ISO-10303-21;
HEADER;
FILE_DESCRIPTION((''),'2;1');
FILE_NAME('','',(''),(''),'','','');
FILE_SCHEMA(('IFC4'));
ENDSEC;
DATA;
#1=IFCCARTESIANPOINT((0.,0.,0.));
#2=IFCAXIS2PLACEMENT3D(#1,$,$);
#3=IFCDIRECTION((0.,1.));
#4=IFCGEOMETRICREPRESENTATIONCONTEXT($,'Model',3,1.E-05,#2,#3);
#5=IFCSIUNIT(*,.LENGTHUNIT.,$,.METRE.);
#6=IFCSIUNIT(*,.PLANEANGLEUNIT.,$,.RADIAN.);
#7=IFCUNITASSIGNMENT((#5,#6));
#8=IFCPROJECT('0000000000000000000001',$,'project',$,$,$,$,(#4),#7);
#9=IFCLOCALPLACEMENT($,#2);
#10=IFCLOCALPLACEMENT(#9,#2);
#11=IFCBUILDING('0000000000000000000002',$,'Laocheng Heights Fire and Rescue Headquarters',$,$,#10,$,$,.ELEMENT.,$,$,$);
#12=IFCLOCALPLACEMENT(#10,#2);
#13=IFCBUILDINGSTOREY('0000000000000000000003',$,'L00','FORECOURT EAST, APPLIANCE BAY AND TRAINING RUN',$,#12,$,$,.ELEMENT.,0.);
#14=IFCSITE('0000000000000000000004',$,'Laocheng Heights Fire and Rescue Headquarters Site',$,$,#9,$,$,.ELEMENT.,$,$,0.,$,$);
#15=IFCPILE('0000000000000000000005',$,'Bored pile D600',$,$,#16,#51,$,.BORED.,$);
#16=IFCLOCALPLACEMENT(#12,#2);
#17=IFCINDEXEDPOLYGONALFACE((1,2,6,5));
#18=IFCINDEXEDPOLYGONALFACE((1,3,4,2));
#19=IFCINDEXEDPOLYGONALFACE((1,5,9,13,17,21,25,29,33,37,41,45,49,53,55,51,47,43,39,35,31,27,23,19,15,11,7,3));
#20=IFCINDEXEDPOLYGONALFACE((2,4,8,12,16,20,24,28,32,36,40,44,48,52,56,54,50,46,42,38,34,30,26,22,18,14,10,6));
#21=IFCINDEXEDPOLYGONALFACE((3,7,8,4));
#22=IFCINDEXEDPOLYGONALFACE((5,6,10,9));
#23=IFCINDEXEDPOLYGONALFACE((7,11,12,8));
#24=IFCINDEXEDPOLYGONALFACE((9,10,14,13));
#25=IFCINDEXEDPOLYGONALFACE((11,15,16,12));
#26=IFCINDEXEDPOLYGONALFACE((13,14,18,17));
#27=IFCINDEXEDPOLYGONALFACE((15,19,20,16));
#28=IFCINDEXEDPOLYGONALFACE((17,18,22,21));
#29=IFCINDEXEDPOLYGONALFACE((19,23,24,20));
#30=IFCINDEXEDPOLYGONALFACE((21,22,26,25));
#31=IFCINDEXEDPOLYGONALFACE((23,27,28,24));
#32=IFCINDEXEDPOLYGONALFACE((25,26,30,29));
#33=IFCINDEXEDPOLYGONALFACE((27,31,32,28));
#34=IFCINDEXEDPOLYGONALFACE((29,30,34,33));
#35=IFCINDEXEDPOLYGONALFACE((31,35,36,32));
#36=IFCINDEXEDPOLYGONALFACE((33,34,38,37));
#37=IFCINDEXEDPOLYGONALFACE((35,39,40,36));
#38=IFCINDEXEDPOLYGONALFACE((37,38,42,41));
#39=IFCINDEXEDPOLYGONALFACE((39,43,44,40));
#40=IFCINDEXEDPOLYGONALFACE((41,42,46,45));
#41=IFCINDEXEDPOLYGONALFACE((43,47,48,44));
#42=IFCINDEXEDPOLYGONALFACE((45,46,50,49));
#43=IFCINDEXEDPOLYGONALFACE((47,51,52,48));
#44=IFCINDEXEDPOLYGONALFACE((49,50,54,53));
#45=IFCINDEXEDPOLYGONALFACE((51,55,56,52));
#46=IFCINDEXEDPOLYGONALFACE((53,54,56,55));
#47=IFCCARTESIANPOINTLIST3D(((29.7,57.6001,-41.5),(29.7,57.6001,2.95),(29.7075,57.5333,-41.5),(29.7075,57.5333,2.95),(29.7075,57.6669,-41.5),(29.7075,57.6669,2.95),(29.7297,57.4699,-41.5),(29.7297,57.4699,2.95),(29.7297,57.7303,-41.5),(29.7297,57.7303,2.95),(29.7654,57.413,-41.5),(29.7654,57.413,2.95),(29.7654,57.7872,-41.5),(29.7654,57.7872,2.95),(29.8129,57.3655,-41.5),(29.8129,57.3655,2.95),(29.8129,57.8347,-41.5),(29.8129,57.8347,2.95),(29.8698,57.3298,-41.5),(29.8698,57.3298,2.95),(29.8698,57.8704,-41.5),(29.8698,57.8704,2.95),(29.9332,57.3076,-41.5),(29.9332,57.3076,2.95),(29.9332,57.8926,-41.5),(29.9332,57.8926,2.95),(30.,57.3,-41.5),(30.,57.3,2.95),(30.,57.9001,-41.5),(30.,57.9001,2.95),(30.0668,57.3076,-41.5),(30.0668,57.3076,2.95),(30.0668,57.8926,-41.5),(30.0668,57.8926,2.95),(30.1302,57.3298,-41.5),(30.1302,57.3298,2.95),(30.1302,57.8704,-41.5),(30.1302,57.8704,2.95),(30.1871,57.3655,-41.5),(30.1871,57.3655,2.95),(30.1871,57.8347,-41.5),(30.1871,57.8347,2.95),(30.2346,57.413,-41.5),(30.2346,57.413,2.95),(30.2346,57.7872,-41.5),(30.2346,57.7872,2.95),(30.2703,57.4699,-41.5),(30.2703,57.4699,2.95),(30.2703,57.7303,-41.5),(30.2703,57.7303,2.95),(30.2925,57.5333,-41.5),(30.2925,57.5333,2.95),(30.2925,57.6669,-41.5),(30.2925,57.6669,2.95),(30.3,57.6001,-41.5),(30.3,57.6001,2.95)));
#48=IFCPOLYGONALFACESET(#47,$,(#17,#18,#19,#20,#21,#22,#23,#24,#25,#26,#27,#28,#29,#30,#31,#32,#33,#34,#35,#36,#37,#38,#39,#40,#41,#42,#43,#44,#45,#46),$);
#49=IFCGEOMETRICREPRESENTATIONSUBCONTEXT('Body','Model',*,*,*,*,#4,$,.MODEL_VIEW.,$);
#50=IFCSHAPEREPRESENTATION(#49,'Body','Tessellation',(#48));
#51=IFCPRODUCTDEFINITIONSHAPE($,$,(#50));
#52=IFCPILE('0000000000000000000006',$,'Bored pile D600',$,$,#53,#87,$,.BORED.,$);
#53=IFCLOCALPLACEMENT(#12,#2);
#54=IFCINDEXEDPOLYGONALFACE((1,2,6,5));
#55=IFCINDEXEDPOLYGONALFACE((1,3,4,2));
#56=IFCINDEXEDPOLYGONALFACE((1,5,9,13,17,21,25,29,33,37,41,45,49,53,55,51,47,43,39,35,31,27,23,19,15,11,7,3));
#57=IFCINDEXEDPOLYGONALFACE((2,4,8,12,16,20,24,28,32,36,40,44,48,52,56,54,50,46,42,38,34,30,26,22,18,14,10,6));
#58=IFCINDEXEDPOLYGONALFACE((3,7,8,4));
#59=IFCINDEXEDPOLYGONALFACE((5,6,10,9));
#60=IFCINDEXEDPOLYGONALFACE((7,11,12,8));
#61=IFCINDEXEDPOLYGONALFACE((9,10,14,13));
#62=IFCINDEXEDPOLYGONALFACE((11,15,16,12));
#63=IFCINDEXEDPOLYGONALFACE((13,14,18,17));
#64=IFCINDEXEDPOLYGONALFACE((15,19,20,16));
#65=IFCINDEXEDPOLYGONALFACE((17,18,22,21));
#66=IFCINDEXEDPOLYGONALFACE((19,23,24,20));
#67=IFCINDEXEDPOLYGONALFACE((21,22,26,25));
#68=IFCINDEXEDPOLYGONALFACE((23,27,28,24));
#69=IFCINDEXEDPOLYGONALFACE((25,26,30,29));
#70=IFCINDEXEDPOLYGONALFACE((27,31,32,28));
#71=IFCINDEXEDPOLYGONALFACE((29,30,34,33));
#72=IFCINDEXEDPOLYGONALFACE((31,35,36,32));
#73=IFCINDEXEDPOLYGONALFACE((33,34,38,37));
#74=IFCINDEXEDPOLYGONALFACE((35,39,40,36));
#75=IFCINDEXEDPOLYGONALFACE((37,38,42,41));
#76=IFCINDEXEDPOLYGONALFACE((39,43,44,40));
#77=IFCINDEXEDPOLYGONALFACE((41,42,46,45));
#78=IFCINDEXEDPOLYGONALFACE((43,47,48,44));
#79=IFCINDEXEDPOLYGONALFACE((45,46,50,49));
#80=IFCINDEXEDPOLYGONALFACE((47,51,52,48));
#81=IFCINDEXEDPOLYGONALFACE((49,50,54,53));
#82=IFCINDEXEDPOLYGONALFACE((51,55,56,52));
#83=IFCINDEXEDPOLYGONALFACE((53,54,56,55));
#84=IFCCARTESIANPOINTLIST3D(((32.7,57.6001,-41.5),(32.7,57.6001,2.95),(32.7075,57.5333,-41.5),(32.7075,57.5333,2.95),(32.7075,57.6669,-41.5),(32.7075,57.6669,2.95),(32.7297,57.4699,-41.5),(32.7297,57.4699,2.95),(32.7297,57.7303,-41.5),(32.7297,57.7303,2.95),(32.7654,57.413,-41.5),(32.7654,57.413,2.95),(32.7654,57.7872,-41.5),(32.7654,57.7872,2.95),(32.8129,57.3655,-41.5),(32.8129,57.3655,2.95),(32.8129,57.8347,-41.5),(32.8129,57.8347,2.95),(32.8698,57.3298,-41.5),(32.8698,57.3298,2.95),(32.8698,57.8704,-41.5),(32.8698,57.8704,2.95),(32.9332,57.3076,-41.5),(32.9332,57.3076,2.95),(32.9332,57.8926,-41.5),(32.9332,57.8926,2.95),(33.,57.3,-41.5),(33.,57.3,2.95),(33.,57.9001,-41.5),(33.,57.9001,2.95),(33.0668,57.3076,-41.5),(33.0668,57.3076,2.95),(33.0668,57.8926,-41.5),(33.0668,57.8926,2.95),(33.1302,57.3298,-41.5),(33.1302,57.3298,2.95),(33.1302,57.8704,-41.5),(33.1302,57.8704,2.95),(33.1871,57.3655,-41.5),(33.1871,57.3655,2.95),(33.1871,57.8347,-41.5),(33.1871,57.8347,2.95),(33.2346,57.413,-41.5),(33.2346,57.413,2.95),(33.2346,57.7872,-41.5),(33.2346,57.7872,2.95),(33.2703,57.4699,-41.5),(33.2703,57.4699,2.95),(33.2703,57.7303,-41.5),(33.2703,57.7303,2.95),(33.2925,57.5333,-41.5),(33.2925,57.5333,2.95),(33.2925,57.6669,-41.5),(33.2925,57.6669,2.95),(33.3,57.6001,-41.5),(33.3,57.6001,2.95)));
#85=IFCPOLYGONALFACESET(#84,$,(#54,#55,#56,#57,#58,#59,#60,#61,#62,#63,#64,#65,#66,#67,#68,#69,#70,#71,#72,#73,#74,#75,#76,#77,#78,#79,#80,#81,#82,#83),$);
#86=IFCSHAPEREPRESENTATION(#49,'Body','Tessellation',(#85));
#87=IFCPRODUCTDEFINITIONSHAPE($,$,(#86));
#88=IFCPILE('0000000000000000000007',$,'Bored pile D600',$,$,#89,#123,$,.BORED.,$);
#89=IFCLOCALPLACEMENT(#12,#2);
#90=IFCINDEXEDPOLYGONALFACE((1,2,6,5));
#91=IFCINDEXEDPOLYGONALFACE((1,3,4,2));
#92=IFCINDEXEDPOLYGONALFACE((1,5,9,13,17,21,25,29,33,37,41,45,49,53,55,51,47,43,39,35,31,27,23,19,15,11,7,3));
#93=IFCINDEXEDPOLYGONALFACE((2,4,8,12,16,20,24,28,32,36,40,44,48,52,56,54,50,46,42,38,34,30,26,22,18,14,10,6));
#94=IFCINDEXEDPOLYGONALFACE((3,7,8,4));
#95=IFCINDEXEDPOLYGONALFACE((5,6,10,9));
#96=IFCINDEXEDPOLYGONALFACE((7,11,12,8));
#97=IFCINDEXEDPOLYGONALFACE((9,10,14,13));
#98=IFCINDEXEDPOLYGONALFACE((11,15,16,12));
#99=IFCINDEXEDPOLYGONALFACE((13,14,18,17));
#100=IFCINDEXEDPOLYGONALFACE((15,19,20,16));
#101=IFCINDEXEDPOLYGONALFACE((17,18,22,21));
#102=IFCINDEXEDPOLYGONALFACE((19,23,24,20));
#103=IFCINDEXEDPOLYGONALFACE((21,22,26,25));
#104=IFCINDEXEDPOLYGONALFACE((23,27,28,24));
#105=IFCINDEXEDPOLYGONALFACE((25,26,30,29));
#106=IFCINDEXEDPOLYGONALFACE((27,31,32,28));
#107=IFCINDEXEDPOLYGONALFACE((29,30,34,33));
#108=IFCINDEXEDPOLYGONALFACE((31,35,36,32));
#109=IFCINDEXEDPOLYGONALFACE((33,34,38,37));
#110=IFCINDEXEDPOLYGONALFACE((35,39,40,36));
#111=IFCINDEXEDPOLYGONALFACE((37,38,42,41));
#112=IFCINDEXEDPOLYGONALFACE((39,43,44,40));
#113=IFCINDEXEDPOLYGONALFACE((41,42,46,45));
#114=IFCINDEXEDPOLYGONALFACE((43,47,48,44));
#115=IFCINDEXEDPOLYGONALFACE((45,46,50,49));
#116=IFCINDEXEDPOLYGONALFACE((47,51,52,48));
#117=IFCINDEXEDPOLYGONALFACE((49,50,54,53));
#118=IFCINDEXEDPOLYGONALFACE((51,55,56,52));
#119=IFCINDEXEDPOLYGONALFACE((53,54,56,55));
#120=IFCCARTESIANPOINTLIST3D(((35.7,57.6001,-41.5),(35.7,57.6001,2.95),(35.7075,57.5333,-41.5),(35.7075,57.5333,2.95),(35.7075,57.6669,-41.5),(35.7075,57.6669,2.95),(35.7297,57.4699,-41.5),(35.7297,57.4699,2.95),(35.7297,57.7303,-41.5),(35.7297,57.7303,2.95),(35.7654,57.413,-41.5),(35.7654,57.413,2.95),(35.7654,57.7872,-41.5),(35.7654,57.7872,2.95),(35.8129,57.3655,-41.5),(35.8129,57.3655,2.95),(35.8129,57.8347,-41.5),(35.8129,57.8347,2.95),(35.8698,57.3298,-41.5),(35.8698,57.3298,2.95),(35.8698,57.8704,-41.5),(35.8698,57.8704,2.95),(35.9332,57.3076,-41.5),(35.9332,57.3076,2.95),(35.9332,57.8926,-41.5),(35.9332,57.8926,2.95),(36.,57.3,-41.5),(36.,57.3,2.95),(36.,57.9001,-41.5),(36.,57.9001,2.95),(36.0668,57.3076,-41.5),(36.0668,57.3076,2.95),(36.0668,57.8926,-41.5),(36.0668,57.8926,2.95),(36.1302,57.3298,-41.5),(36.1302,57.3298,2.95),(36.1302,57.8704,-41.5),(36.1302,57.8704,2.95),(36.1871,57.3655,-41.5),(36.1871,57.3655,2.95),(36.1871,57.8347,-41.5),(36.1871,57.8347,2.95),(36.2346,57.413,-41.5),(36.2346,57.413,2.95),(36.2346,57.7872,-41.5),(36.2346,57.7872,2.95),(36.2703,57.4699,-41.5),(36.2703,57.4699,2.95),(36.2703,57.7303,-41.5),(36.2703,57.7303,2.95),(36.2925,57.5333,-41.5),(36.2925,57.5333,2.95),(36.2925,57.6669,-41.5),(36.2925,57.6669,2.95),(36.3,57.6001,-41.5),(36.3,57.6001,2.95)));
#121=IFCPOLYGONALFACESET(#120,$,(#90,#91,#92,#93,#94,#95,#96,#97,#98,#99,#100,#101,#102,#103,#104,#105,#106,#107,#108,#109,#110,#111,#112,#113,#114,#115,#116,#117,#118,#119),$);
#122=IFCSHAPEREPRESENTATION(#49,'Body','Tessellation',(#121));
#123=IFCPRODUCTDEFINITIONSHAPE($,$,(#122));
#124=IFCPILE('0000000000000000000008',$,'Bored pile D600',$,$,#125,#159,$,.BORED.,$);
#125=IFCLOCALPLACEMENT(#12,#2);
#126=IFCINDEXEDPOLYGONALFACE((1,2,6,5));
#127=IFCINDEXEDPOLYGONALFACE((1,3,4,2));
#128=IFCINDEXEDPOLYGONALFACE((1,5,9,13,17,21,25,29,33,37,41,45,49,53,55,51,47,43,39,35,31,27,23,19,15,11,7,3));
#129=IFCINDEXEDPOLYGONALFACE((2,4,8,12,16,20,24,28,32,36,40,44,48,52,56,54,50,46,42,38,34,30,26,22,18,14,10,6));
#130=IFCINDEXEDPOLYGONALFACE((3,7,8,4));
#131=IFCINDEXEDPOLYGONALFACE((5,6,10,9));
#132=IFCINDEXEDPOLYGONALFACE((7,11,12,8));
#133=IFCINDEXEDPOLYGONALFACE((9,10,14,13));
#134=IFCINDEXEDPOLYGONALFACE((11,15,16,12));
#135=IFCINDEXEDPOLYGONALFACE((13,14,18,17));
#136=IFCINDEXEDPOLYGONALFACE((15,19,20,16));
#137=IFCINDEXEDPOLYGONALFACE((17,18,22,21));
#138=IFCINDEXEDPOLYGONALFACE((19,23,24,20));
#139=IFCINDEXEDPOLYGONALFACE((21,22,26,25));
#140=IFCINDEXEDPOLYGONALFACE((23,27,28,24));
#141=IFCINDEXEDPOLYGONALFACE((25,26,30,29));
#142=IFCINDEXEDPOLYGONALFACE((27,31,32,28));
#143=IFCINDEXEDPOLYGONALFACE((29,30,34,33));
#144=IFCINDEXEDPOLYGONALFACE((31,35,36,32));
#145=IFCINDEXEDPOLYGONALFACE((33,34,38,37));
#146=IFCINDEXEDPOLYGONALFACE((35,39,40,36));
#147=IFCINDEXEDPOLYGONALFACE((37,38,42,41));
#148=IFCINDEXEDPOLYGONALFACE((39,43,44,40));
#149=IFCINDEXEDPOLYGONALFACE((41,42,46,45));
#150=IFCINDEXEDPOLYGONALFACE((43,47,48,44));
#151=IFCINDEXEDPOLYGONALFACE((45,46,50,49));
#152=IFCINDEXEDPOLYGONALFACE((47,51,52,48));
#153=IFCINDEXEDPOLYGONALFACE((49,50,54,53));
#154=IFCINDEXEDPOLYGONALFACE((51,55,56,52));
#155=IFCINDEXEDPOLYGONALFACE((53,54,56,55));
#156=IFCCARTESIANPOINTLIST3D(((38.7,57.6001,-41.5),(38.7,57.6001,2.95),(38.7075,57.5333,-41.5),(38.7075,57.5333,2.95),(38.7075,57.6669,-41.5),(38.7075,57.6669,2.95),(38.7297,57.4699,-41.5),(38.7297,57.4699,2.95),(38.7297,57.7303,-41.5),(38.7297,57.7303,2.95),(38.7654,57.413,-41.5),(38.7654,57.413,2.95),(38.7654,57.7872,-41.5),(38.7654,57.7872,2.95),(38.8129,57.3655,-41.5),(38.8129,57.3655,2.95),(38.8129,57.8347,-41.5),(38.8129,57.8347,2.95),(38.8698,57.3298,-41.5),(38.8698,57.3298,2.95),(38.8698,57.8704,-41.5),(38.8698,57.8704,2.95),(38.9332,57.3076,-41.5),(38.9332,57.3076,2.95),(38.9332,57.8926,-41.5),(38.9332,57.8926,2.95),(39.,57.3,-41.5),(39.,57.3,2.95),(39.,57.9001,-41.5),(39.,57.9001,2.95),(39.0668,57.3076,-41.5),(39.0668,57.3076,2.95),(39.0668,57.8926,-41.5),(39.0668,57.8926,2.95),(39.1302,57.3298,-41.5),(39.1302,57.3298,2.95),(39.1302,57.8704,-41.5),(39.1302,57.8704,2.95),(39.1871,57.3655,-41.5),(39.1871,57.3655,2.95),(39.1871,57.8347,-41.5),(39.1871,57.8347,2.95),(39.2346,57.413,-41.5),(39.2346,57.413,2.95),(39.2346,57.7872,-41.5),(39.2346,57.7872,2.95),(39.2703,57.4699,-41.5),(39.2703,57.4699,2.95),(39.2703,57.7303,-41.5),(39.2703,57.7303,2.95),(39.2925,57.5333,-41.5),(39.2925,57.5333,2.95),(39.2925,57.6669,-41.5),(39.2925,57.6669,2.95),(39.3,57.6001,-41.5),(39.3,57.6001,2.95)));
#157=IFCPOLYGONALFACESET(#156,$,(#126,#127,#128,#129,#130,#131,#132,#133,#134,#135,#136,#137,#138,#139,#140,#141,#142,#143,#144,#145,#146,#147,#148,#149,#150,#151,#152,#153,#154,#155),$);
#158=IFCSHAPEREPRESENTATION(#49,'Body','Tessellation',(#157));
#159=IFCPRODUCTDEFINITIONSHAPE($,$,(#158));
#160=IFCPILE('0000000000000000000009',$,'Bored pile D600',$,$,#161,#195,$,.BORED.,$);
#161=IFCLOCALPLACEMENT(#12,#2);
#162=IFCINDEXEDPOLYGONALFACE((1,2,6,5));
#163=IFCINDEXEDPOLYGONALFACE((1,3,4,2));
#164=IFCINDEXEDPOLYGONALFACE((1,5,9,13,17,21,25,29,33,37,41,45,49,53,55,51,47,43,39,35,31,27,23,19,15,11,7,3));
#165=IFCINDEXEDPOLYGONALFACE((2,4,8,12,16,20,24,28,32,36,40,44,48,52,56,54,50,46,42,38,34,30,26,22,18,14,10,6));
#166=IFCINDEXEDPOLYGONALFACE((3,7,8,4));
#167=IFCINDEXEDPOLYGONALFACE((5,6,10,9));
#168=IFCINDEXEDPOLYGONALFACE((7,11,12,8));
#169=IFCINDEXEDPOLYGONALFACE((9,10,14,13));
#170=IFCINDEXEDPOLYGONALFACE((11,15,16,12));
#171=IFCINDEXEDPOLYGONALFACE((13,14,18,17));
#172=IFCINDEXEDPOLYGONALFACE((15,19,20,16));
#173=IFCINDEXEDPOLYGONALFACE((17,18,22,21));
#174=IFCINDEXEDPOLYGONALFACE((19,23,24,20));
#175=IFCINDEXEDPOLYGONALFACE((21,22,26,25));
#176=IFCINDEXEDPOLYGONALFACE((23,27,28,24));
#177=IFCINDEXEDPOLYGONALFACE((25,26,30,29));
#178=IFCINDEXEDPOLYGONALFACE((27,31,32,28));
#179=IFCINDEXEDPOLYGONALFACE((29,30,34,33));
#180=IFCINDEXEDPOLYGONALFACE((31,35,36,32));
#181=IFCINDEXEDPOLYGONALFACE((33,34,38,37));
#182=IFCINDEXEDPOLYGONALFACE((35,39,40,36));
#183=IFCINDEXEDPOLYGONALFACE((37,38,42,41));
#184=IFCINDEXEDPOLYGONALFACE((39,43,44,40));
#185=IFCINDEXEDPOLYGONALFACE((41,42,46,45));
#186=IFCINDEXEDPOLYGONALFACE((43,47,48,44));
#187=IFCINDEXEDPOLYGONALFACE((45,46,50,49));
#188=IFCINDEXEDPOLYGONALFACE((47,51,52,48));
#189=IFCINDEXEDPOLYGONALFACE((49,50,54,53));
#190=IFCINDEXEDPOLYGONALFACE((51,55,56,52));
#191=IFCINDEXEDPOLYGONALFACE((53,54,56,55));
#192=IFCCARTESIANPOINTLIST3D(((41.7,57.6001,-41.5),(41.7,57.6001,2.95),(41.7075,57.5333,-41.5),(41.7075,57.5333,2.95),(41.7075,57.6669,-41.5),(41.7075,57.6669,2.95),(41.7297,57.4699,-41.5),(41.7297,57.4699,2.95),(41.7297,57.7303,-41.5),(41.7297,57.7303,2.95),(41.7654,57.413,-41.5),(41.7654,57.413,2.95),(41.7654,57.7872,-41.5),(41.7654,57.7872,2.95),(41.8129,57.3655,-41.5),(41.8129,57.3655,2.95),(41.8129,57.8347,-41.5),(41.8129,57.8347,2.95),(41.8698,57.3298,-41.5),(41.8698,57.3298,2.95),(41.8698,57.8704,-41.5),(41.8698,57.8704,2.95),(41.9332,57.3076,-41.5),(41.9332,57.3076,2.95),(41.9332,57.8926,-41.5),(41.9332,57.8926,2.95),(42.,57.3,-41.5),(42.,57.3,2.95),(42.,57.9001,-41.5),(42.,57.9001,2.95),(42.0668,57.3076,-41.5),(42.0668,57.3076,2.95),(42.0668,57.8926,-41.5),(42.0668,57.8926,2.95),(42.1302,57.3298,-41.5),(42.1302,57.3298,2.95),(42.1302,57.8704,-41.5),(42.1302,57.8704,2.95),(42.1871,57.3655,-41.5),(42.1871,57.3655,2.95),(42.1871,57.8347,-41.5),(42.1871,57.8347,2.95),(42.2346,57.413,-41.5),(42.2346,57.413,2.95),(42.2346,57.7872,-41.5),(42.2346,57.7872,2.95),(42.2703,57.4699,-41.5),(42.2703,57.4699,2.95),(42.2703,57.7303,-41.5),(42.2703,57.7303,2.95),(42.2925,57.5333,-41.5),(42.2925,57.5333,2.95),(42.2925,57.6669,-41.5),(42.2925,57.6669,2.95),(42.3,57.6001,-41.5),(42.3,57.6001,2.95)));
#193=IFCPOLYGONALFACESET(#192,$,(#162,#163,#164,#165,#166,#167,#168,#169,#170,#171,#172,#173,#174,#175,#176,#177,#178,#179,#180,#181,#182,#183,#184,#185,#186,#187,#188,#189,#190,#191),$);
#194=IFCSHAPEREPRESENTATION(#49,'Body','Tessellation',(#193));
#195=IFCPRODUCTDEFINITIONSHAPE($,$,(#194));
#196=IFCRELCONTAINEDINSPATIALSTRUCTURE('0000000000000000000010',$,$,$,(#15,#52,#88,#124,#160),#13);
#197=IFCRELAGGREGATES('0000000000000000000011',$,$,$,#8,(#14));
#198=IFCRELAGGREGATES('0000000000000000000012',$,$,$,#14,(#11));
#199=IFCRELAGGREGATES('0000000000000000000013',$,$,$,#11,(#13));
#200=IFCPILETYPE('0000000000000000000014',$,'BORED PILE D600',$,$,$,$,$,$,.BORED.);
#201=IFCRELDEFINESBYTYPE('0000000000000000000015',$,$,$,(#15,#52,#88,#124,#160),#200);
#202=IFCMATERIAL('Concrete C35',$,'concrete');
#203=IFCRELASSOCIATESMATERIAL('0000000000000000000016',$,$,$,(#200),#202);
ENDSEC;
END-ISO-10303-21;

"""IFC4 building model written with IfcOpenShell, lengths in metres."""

from ifc_helpers import new_model, si_unit, direction, frame, origin, origin_2d, place, context, subcontext, project, spatial, circle, extrude, material, material_profile, profile_set, type_object, element, save


model = new_model("IFC4")

# Units and contexts
model_context = context("Model", 3, precision=1e-05, world=origin(), true_north=direction((0.0, 1.0)))
body_context = subcontext(model_context, "Body", "Model", "MODEL_VIEW")
ifc_project = project(units=[si_unit("LENGTHUNIT", "METRE"), si_unit("PLANEANGLEUNIT", "RADIAN")], contexts=[model_context])

# Site, building, storey
site_placement = place(None, origin())
site = spatial("IfcSite", under=ifc_project, at=site_placement, Name="Laocheng Heights Fire and Rescue Headquarters Site", CompositionType="ELEMENT", RefElevation=0.0)
building_placement = place(site_placement, origin())
building = spatial("IfcBuilding", under=site, at=building_placement, Name="Laocheng Heights Fire and Rescue Headquarters", CompositionType="ELEMENT")
storey_placement = place(building_placement, origin())
storey = spatial("IfcBuildingStorey", under=building, at=storey_placement, Name="L00", Description="FORECOURT EAST, APPLIANCE BAY AND TRAINING RUN", CompositionType="ELEMENT", Elevation=0.0)

# Piles
ifc_material_1 = material(Name="Concrete C35", Category="concrete")
ifc_material_profile_1 = material_profile(ifc_material_1, circle(Radius=0.3, at=origin_2d()), Name="BORED PILE D600")
ifc_profile_set_1 = profile_set([ifc_material_profile_1], Name="Concrete C35")
pile_type_1 = type_object("IfcPileType", Name="BORED PILE D600", PredefinedType="BORED", material=ifc_profile_set_1)
for number, where, z_axis, x_axis, name in (
    (1, (30.0, 57.6001, 2.95), (0.0, 0.0, -1.0), (1.0, 0.0, 0.0), "Bored pile D600"),
    (2, (33.0, 57.6001, 2.95), (0.0, 0.0, -1.0), (1.0, 0.0, 0.0), "Bored pile D600"),
    (3, (36.0, 57.6001, 2.95), (0.0, 0.0, -1.0), (1.0, 0.0, 0.0), "Bored pile D600"),
    (4, (39.0, 57.6001, 2.95), (0.0, 0.0, -1.0), (1.0, 0.0, 0.0), "Bored pile D600"),
    (5, (42.0, 57.6001, 2.95), (0.0, 0.0, -1.0), (1.0, 0.0, 0.0), "Bored pile D600"),
):
    element("IfcPile", number, at=place(storey_placement, frame(where, z_axis=z_axis, x_axis=x_axis)), inside=storey, type_object=pile_type_1, Name=name, PredefinedType="BORED", context=body_context, shape_type="SweptSolid", body=[
        extrude(circle(Radius=0.3, at=origin_2d()), origin(), (0.0, 0.0, 1.0), 44.45),
    ])

save(model, "model.ifc")
